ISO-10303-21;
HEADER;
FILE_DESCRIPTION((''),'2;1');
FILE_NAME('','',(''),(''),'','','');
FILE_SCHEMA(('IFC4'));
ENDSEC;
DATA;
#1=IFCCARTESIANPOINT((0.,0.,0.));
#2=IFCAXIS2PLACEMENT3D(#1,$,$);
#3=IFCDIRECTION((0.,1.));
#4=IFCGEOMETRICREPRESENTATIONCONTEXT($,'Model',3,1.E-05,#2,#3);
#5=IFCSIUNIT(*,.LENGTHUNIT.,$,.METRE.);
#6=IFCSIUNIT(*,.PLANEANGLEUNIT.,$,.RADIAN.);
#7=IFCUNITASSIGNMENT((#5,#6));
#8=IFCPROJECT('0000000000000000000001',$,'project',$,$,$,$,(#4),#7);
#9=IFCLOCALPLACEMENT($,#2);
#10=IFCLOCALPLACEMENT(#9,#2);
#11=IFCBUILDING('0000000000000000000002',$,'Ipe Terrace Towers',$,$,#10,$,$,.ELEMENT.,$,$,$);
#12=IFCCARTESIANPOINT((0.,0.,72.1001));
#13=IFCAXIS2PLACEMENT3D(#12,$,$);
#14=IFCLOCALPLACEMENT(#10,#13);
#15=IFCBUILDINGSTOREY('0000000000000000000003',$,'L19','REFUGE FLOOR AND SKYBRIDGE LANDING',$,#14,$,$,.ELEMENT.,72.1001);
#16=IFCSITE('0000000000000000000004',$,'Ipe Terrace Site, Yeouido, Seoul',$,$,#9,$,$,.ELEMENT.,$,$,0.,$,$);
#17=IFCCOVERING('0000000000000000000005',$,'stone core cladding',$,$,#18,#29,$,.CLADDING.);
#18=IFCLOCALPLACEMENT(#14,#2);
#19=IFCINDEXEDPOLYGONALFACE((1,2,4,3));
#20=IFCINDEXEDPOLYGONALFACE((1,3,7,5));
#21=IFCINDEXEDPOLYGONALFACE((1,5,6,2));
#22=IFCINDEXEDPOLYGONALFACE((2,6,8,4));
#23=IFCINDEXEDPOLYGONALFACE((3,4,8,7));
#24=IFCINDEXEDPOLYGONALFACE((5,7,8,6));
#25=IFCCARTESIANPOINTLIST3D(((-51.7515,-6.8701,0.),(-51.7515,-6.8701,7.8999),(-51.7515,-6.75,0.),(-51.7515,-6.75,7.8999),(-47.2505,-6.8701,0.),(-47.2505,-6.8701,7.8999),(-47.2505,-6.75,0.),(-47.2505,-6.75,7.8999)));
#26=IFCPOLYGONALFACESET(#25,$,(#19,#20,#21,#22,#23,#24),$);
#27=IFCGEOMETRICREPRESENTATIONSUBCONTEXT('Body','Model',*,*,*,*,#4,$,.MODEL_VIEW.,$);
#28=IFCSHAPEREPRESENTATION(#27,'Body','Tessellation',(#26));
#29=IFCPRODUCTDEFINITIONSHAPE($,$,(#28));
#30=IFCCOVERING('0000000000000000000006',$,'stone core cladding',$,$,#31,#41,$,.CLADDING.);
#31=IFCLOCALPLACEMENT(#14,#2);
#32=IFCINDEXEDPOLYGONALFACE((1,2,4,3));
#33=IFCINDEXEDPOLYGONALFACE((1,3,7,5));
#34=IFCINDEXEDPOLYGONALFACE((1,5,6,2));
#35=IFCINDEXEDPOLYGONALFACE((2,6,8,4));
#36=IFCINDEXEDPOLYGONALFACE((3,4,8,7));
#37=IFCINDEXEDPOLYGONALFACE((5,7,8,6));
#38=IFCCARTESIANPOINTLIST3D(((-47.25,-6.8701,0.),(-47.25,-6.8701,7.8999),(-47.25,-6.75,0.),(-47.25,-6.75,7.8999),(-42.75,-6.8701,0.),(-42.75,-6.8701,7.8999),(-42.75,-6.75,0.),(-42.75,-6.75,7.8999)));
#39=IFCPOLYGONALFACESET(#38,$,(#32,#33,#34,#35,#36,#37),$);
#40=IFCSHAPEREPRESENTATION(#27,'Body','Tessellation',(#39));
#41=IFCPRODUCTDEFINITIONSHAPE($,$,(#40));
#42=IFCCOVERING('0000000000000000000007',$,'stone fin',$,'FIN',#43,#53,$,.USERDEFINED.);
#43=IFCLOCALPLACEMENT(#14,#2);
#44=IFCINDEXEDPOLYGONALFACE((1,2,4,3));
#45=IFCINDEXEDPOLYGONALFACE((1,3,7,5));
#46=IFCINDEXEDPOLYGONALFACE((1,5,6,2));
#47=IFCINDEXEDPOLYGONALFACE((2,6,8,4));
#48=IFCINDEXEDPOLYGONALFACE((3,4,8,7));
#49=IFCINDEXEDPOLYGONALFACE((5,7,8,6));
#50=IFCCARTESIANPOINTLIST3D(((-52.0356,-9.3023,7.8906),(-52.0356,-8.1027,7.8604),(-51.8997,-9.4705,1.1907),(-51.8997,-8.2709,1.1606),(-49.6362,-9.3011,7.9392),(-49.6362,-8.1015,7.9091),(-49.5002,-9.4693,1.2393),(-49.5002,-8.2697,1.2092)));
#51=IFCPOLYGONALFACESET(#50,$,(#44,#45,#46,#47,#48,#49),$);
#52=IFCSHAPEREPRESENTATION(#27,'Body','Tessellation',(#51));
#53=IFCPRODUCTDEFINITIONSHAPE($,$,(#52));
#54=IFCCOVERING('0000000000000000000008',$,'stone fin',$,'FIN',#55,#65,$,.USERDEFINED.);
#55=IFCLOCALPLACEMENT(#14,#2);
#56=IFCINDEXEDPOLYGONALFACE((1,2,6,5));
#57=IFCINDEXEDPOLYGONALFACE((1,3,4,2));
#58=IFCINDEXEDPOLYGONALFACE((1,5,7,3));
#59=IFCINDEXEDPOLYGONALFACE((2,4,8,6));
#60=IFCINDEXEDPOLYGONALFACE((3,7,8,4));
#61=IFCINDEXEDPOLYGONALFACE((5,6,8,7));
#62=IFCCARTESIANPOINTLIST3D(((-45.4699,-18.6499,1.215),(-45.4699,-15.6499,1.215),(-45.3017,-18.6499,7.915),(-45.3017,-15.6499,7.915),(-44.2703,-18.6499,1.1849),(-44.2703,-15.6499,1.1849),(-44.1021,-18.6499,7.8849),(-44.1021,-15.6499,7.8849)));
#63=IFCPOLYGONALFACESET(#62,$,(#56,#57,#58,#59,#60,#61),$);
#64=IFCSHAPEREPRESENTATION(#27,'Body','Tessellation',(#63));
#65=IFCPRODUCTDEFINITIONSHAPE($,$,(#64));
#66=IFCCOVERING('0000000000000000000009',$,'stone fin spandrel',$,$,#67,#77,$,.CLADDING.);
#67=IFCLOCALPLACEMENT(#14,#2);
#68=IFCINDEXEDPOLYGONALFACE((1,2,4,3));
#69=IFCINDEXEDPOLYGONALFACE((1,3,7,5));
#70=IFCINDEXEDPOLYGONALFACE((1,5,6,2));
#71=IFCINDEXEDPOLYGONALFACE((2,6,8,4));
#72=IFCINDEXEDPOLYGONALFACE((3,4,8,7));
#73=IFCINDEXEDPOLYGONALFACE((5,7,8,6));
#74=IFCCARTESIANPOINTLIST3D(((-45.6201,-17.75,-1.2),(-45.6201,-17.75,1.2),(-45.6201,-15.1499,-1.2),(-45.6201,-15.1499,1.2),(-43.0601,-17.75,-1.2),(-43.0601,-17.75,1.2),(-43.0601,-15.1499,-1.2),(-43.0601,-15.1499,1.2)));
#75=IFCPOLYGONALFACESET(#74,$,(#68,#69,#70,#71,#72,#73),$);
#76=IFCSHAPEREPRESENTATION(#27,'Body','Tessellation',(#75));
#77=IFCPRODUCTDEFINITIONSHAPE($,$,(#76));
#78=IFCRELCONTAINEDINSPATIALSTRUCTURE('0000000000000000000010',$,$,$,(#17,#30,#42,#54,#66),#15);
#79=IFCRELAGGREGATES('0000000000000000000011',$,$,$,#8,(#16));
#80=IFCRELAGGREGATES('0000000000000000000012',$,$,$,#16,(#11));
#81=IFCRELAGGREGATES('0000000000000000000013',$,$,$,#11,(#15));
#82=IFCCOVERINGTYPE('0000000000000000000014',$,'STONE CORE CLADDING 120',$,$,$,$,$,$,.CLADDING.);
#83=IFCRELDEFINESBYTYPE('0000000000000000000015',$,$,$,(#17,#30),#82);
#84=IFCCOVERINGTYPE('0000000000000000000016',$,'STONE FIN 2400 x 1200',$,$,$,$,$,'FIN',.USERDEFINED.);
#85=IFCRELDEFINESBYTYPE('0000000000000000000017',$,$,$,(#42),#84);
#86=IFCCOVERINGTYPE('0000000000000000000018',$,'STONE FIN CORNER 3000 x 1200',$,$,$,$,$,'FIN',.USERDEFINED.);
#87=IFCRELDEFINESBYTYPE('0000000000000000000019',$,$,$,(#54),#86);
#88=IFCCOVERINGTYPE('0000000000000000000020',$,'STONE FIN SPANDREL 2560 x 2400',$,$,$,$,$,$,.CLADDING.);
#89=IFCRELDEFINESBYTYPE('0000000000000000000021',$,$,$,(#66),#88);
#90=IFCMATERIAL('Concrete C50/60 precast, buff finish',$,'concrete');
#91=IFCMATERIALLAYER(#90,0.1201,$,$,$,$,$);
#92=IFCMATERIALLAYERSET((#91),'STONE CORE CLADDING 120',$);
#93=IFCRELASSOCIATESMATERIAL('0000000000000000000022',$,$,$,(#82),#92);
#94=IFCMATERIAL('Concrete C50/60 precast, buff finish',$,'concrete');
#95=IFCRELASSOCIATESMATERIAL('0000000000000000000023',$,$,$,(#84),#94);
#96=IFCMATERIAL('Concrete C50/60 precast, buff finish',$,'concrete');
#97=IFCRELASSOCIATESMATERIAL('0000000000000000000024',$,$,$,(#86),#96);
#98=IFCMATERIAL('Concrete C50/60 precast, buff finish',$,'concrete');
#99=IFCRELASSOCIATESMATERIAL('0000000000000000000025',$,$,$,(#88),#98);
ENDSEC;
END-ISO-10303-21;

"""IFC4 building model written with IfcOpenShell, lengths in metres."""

from ifc_helpers import new_model, si_unit, direction, frame, origin, origin_2d, place, context, subcontext, project, spatial, rectangle, extrude, material, layer, layer_set, material_profile, profile_set, type_object, element, save


model = new_model("IFC4")

# Units and contexts
model_context = context("Model", 3, precision=1e-05, world=origin(), true_north=direction((0.0, 1.0)))
body_context = subcontext(model_context, "Body", "Model", "MODEL_VIEW")
ifc_project = project(units=[si_unit("LENGTHUNIT", "METRE"), si_unit("PLANEANGLEUNIT", "RADIAN")], contexts=[model_context])

# Site, building, storey
site_placement = place(None, origin())
site = spatial("IfcSite", under=ifc_project, at=site_placement, Name="Ipe Terrace Site, Yeouido, Seoul", CompositionType="ELEMENT", RefElevation=0.0)
building_placement = place(site_placement, origin())
building = spatial("IfcBuilding", under=site, at=building_placement, Name="Ipe Terrace Towers", CompositionType="ELEMENT")
storey_placement = place(building_placement, frame((0.0, 0.0, 72.1001)))
storey = spatial("IfcBuildingStorey", under=building, at=storey_placement, Name="L19", Description="REFUGE FLOOR AND SKYBRIDGE LANDING", CompositionType="ELEMENT", Elevation=72.1001)

# Coverings
ifc_material_1 = material(Name="Concrete C50/60 precast, buff finish", Category="concrete")
ifc_layer_1 = layer(ifc_material_1, 0.1201)
ifc_layer_set_1 = layer_set([ifc_layer_1], Name="STONE CORE CLADDING 120")
covering_type_1 = type_object("IfcCoveringType", Name="STONE CORE CLADDING 120", PredefinedType="CLADDING", material=ifc_layer_set_1)
covering_1_placement = place(storey_placement, frame((-49.501, -6.8101, 0.0), z_axis=(0.0, 0.0, 1.0), x_axis=(1.0, 0.0, 0.0)))
element("IfcCovering", 1, at=covering_1_placement, inside=storey, type_object=covering_type_1, Name="stone core cladding", PredefinedType="CLADDING", context=body_context, shape_type="SweptSolid", body=[
    extrude(rectangle(XDim=4.501, YDim=0.1201, at=origin_2d()), origin(), (0.0, 0.0, 1.0), 7.8999),
])
covering_2_placement = place(storey_placement, frame((-45.0, -6.8101, 0.0), z_axis=(0.0, 0.0, 1.0), x_axis=(1.0, 0.0, 0.0)))
element("IfcCovering", 2, at=covering_2_placement, inside=storey, type_object=covering_type_1, Name="stone core cladding", PredefinedType="CLADDING", context=body_context, shape_type="SweptSolid", body=[
    extrude(rectangle(XDim=4.5, YDim=0.1201, at=origin_2d()), origin(), (0.0, 0.0, 1.0), 7.8999),
])
ifc_material_2 = material(Name="Concrete C50/60 precast, buff finish", Category="concrete")
ifc_material_profile_1 = material_profile(ifc_material_2, rectangle(XDim=2.3999, YDim=1.2, at=origin_2d()), Name="STONE FIN 2400 x 1200")
ifc_profile_set_1 = profile_set([ifc_material_profile_1], Name="Concrete C50/60 precast, buff finish")
covering_type_2 = type_object("IfcCoveringType", Name="STONE FIN 2400 x 1200", ElementType="FIN", PredefinedType="USERDEFINED", material=ifc_profile_set_1)
covering_3_placement = place(storey_placement, frame((-50.7, -8.8701, 1.2), z_axis=(-0.020286, 0.025094, 0.999479), x_axis=(0.999794, 0.000509, 0.02028)))
element("IfcCovering", 3, at=covering_3_placement, inside=storey, type_object=covering_type_2, Name="stone fin", ObjectType="FIN", PredefinedType="USERDEFINED", context=body_context, shape_type="SweptSolid", body=[
    extrude(rectangle(XDim=2.3999, YDim=1.2, at=origin_2d()), origin(), (0.0, 0.0, 1.0), 6.7034),
])
ifc_material_3 = material(Name="Concrete C50/60 precast, buff finish", Category="concrete")
ifc_material_profile_2 = material_profile(ifc_material_3, rectangle(XDim=3.0, YDim=1.2, at=origin_2d()), Name="STONE FIN CORNER 3000 x 1200")
ifc_profile_set_2 = profile_set([ifc_material_profile_2], Name="Concrete C50/60 precast, buff finish")
covering_type_3 = type_object("IfcCoveringType", Name="STONE FIN CORNER 3000 x 1200", ElementType="FIN", PredefinedType="USERDEFINED", material=ifc_profile_set_2)
covering_4_placement = place(storey_placement, frame((-44.8701, -17.1499, 1.2), z_axis=(0.025099, 0.0, 0.999685), x_axis=(0.0, -1.0, 0.0)))
element("IfcCovering", 4, at=covering_4_placement, inside=storey, type_object=covering_type_3, Name="stone fin", ObjectType="FIN", PredefinedType="USERDEFINED", context=body_context, shape_type="SweptSolid", body=[
    extrude(rectangle(XDim=3.0, YDim=1.2, at=origin_2d()), origin(), (0.0, 0.0, 1.0), 6.7021),
])
ifc_material_4 = material(Name="Concrete C50/60 precast, buff finish", Category="concrete")
ifc_material_profile_3 = material_profile(ifc_material_4, rectangle(XDim=2.5601, YDim=2.3999, at=origin_2d()), Name="STONE FIN SPANDREL 2560 x 2400")
ifc_profile_set_3 = profile_set([ifc_material_profile_3], Name="Concrete C50/60 precast, buff finish")
covering_type_4 = type_object("IfcCoveringType", Name="STONE FIN SPANDREL 2560 x 2400", PredefinedType="CLADDING", material=ifc_profile_set_3)
covering_5_placement = place(storey_placement, frame((-44.3401, -15.1499, 0.0), z_axis=(0.0, -1.0, 0.0), x_axis=(-1.0, 0.0, 0.0)))
element("IfcCovering", 5, at=covering_5_placement, inside=storey, type_object=covering_type_4, Name="stone fin spandrel", PredefinedType="CLADDING", context=body_context, shape_type="SweptSolid", body=[
    extrude(rectangle(XDim=2.5601, YDim=2.3999, at=origin_2d()), origin(), (0.0, 0.0, 1.0), 2.6001),
])

save(model, "model.ifc")
